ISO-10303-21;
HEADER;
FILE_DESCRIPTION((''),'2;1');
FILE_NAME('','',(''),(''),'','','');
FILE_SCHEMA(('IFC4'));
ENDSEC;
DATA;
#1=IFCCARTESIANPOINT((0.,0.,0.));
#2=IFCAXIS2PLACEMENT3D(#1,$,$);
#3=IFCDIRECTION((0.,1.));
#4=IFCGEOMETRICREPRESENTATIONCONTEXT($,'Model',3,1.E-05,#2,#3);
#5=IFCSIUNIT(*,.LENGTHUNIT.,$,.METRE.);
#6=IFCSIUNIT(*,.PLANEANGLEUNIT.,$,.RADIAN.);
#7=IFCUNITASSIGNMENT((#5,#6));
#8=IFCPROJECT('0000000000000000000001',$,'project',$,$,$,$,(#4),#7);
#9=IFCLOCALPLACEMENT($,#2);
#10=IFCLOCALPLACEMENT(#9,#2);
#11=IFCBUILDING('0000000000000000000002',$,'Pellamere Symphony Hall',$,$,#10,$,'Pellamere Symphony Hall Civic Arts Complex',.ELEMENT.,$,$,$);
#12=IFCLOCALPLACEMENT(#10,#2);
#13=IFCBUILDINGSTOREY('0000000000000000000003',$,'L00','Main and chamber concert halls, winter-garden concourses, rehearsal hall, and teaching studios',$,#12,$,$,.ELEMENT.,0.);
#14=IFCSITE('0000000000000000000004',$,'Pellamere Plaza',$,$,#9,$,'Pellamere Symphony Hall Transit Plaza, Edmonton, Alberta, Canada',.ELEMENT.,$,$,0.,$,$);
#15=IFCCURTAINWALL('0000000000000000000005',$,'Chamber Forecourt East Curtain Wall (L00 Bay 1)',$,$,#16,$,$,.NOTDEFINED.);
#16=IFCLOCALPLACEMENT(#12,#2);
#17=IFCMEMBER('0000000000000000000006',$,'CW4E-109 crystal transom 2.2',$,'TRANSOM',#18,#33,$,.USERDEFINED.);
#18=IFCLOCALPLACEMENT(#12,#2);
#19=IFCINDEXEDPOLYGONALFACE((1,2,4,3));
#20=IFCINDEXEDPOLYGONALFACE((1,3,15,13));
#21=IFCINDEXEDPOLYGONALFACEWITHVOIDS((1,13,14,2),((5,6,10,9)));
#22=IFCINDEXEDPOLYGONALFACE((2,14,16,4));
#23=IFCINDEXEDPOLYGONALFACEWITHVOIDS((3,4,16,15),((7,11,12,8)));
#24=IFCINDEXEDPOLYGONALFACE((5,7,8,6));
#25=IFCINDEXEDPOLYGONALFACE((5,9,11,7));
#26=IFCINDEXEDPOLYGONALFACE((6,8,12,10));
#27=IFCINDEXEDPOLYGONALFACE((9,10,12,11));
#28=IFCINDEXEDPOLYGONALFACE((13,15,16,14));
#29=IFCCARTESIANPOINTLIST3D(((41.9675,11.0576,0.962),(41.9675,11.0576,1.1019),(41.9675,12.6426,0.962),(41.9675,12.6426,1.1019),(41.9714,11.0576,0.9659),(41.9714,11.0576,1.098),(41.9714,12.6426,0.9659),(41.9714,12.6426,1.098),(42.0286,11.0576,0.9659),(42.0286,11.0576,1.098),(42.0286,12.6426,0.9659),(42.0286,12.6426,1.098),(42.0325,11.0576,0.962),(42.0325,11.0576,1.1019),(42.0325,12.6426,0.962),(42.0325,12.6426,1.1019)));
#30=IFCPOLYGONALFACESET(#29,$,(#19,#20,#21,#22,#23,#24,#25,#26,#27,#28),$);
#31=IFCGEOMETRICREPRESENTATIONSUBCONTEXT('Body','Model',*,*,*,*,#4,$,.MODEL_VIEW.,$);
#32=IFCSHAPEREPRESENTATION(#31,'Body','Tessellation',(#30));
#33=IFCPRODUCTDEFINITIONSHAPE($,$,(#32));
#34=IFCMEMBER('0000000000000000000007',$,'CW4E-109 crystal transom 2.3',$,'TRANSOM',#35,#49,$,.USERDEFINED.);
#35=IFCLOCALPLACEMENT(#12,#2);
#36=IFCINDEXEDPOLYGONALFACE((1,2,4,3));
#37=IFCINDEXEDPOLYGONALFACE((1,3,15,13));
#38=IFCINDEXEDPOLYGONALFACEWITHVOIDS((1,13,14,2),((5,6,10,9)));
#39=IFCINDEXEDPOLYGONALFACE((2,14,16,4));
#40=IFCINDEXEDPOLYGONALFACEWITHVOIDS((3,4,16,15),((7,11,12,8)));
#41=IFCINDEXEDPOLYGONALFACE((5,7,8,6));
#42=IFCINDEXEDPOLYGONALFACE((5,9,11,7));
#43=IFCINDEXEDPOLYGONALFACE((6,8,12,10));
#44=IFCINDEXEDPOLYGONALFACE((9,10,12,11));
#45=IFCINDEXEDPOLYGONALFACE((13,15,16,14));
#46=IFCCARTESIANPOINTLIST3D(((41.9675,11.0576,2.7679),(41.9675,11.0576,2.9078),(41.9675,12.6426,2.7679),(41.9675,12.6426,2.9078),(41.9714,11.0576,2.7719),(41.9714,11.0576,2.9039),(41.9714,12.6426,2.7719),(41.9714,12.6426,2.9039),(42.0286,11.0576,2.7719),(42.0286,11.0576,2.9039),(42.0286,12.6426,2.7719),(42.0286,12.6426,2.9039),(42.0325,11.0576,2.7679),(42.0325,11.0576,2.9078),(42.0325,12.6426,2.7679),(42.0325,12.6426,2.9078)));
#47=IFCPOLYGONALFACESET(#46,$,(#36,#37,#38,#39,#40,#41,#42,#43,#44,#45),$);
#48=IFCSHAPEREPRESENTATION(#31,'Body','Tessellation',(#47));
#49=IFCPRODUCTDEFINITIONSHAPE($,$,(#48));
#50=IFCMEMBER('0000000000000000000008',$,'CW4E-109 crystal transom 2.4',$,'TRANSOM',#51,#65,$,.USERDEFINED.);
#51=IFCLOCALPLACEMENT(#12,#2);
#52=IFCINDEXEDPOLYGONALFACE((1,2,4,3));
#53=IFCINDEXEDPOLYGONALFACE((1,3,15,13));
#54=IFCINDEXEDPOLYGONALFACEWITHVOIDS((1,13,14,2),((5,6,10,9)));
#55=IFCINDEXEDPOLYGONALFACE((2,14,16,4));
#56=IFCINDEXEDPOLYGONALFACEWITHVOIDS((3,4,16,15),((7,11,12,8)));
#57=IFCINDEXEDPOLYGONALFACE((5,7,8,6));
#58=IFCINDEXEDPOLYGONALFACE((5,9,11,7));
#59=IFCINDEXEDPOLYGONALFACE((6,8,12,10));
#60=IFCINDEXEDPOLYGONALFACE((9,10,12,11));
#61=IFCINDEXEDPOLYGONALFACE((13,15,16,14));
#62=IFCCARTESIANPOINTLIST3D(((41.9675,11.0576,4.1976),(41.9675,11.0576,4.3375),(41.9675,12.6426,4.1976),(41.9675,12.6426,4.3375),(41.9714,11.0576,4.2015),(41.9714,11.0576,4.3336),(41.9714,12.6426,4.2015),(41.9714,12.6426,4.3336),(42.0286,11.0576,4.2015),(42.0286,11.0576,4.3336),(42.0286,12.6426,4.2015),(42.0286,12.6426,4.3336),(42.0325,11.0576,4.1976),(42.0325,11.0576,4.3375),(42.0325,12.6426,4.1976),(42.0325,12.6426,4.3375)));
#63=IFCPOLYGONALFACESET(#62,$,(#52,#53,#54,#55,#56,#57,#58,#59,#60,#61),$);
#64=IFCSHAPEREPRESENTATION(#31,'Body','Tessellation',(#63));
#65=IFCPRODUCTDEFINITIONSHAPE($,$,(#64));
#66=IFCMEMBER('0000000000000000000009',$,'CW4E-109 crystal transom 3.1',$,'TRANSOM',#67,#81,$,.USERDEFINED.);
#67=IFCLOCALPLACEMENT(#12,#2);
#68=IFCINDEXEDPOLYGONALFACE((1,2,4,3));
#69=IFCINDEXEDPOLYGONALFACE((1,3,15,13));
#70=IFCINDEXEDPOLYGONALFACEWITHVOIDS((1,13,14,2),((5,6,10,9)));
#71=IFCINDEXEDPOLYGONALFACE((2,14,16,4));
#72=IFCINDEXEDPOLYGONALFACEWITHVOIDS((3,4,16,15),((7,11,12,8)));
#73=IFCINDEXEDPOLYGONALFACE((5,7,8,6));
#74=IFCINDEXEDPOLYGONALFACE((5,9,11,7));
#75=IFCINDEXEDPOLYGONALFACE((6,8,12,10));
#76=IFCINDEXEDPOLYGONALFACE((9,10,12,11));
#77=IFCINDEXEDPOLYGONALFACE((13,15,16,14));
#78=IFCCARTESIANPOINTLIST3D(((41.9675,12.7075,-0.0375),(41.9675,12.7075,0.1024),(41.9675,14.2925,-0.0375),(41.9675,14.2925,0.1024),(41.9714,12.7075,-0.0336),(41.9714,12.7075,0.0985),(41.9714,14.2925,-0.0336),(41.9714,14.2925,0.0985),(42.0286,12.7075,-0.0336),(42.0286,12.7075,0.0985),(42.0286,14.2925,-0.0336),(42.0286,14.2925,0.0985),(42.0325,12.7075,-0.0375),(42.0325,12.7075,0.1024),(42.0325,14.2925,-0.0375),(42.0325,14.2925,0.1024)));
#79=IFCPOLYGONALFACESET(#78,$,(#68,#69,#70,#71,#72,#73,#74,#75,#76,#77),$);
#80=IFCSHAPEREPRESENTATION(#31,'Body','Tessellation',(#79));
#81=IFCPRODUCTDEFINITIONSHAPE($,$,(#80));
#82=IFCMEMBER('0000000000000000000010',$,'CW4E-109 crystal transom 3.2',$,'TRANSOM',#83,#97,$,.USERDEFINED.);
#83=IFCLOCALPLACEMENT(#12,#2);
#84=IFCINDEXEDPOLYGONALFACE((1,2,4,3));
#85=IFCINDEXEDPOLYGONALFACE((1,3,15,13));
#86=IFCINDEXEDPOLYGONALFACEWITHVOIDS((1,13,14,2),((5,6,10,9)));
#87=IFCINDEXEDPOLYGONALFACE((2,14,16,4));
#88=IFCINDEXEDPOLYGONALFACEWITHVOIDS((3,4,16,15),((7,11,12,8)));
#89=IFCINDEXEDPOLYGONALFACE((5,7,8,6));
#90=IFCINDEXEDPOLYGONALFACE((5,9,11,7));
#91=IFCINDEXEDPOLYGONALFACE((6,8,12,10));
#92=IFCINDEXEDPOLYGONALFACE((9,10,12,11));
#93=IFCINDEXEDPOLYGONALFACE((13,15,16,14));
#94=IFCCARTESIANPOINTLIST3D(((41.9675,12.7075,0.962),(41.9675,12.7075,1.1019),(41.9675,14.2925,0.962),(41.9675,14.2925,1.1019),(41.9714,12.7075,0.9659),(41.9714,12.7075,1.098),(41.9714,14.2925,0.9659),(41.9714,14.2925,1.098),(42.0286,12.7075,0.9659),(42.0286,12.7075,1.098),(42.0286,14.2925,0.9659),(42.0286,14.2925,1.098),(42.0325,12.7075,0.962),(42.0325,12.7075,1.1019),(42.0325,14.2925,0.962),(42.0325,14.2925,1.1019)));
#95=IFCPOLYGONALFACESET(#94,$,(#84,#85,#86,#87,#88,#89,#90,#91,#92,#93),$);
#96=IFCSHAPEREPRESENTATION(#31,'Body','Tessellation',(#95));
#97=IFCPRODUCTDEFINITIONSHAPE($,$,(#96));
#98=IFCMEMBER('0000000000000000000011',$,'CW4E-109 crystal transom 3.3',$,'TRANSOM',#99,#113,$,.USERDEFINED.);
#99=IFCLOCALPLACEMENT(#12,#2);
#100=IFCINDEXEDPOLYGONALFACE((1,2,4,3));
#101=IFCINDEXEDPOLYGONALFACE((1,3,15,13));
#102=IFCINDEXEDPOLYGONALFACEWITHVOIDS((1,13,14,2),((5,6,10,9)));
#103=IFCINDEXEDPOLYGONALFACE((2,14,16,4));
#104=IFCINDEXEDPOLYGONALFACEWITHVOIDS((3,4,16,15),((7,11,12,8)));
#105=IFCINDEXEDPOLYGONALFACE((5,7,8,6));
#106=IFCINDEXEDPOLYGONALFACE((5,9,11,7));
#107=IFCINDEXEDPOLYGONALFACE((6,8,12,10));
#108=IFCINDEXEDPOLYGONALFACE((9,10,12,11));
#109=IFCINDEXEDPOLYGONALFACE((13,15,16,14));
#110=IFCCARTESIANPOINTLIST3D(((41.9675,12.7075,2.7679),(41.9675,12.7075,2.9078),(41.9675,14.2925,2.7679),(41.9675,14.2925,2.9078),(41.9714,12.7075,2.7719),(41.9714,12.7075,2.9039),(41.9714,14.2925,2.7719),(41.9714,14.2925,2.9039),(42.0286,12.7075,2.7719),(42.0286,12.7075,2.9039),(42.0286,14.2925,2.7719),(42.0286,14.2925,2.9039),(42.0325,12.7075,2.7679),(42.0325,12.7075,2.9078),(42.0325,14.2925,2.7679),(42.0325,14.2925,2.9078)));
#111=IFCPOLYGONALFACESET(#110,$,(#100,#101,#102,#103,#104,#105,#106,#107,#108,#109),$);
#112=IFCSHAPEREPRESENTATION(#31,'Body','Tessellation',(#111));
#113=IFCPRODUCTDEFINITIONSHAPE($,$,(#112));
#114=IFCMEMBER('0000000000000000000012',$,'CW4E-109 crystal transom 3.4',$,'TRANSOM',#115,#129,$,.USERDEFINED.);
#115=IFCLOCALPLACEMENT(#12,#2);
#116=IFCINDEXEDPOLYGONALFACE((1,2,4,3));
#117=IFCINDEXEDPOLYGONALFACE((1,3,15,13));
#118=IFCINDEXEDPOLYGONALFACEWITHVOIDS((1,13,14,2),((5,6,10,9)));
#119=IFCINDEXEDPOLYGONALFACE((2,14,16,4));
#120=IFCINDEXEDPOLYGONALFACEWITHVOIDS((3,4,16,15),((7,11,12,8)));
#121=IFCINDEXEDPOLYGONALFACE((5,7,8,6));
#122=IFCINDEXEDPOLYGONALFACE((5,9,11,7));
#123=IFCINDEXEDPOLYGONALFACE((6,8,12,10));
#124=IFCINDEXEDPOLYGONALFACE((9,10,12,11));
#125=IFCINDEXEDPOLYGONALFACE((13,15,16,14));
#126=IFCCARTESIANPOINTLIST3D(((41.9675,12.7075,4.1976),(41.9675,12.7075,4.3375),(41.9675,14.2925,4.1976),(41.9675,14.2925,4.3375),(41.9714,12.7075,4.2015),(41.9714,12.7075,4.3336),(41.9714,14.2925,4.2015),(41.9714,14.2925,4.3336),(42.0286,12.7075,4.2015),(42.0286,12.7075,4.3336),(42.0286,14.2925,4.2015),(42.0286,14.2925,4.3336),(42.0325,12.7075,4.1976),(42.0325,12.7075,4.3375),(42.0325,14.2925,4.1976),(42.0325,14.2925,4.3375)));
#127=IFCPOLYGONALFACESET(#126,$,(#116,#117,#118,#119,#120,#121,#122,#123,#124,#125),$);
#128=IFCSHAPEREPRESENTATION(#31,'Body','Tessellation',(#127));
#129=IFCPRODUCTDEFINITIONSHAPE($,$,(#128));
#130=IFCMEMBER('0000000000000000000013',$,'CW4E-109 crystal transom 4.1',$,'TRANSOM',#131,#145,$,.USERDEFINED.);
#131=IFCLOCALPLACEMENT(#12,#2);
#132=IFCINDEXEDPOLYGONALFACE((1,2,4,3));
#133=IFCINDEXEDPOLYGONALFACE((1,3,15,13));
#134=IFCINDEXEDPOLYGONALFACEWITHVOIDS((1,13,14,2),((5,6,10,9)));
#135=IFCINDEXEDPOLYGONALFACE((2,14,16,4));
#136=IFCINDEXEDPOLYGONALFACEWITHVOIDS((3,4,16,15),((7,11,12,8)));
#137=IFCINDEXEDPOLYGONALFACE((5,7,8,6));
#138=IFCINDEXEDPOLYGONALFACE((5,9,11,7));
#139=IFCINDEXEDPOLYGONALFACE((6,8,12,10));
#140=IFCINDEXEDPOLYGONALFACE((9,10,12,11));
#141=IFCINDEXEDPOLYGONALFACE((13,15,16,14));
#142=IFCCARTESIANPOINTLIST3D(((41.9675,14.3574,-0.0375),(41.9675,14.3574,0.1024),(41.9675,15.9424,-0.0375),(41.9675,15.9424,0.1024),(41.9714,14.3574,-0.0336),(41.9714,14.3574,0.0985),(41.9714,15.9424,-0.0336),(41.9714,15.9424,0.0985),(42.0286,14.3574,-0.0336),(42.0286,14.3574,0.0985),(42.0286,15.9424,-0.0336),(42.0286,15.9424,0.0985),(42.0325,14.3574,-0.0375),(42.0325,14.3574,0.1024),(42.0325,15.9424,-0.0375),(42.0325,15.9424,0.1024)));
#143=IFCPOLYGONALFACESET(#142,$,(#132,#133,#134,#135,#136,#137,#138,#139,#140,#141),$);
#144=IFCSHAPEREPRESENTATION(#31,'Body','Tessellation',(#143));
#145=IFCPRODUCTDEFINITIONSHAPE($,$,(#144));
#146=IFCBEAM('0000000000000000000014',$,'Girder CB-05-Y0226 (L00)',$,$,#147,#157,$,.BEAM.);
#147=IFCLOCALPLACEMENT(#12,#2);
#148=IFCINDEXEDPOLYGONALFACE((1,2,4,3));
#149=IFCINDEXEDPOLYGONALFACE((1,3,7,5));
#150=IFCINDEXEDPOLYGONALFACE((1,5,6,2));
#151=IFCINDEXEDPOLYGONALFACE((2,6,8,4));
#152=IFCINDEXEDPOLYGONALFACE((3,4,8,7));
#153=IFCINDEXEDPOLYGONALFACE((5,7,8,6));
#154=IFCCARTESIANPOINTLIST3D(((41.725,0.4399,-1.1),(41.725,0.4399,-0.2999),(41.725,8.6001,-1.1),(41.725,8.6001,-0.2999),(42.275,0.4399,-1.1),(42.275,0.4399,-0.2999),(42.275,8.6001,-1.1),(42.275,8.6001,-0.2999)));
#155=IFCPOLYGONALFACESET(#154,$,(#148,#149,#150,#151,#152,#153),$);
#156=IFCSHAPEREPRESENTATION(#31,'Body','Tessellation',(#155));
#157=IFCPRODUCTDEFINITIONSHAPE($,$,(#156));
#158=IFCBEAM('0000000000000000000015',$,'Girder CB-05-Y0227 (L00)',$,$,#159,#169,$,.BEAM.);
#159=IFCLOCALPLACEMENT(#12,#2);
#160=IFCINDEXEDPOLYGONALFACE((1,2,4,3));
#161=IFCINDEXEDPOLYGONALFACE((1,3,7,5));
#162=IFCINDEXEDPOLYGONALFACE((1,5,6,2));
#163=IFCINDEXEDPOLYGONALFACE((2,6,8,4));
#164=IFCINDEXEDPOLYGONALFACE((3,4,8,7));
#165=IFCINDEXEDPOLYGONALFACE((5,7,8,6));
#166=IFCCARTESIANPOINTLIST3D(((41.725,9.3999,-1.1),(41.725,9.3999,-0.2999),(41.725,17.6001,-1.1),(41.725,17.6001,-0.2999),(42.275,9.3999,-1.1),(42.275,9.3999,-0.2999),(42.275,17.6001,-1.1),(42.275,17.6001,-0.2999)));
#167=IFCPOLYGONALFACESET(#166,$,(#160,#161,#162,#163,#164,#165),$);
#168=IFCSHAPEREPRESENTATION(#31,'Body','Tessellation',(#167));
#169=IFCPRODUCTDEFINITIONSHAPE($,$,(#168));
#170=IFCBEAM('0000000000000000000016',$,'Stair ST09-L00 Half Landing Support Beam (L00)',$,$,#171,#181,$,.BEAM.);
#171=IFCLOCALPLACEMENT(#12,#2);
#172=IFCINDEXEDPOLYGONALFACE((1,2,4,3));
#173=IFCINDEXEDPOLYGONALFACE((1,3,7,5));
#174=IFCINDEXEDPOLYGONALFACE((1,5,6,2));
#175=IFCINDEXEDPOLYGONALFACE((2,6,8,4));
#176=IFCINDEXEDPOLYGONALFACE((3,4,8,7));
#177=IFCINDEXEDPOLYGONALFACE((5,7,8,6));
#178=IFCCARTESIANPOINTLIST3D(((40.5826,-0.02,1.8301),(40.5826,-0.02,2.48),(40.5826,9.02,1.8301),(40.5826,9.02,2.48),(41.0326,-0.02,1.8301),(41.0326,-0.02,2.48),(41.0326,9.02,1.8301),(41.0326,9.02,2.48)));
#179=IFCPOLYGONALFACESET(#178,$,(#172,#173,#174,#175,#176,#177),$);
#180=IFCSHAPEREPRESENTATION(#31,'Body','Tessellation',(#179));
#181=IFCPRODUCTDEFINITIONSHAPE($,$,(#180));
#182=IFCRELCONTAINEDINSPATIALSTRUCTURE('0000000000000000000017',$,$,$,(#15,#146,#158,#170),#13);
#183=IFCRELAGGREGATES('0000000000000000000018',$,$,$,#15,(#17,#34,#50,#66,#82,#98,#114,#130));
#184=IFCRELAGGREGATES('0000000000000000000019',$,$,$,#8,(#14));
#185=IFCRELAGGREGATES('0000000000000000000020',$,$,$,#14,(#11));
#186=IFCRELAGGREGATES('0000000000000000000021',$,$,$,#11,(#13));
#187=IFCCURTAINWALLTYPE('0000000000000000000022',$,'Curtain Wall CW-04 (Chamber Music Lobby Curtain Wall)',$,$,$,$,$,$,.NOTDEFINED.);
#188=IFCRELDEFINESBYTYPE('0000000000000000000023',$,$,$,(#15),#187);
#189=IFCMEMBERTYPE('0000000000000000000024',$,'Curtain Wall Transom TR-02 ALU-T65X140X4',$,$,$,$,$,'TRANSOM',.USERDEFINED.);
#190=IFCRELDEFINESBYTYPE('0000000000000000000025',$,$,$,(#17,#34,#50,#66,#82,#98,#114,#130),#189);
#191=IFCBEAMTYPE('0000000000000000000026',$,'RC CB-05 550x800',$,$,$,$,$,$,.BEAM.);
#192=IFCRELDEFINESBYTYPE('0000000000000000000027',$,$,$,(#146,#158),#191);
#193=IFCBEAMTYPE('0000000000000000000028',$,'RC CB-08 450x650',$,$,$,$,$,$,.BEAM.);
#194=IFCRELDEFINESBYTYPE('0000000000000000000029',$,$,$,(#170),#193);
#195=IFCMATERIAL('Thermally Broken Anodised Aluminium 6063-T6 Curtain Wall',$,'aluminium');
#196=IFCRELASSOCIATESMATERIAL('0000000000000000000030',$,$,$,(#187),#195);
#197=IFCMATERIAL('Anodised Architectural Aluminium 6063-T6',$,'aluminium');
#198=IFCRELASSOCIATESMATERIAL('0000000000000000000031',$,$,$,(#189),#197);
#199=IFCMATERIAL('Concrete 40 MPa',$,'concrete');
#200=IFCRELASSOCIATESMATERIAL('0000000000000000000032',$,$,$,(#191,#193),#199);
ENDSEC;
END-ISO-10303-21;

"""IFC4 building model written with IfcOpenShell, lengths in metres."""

from ifc_helpers import new_model, si_unit, direction, frame, origin, origin_2d, place, context, subcontext, project, spatial, rectangle, hollow_rectangle, extrude, material, material_profile, profile_set, type_object, element, aggregate, save


model = new_model("IFC4")

# Units and contexts
model_context = context("Model", 3, precision=1e-05, world=origin(), true_north=direction((0.0, 1.0)))
body_context = subcontext(model_context, "Body", "Model", "MODEL_VIEW")
ifc_project = project(units=[si_unit("LENGTHUNIT", "METRE"), si_unit("PLANEANGLEUNIT", "RADIAN")], contexts=[model_context])

# Site, building, storey
site_placement = place(None, origin())
site = spatial("IfcSite", under=ifc_project, at=site_placement, Name="Pellamere Plaza", LongName="Pellamere Symphony Hall Transit Plaza, Edmonton, Alberta, Canada", CompositionType="ELEMENT", RefElevation=0.0)
building_placement = place(site_placement, origin())
building = spatial("IfcBuilding", under=site, at=building_placement, Name="Pellamere Symphony Hall", LongName="Pellamere Symphony Hall Civic Arts Complex", CompositionType="ELEMENT")
storey_placement = place(building_placement, origin())
storey = spatial("IfcBuildingStorey", under=building, at=storey_placement, Name="L00", Description="Main and chamber concert halls, winter-garden concourses, rehearsal hall, and teaching studios", CompositionType="ELEMENT", Elevation=0.0)

# Shared definitions
ifc_material_1 = material(Name="Concrete 40 MPa", Category="concrete")

# Curtain wall, members
ifc_material_2 = material(Name="Thermally Broken Anodised Aluminium 6063-T6 Curtain Wall", Category="aluminium")
curtain_wall_type = type_object("IfcCurtainWallType", Name="Curtain Wall CW-04 (Chamber Music Lobby Curtain Wall)", PredefinedType="NOTDEFINED", material=ifc_material_2)
curtain_wall_placement = place(storey_placement, origin())
curtain_wall = element("IfcCurtainWall", 1, at=curtain_wall_placement, inside=storey, type_object=curtain_wall_type, Name="Chamber Forecourt East Curtain Wall (L00 Bay 1)", PredefinedType="NOTDEFINED")
ifc_material_3 = material(Name="Anodised Architectural Aluminium 6063-T6", Category="aluminium")
ifc_material_profile_1 = material_profile(ifc_material_3, hollow_rectangle(XDim=0.0649, YDim=0.1399, WallThickness=0.0039, at=origin_2d()), Name="ALU-T65X140X4")
ifc_profile_set_1 = profile_set([ifc_material_profile_1], Name="Anodised Architectural Aluminium 6063-T6")
member_type_1 = type_object("IfcMemberType", Name="Curtain Wall Transom TR-02 ALU-T65X140X4", ElementType="TRANSOM", PredefinedType="USERDEFINED", material=ifc_profile_set_1)
member_1_placement = place(storey_placement, frame((42.0, 11.0576, 1.032), z_axis=(0.0, 1.0, 0.0), x_axis=(-1.0, 0.0, 0.0)))
member_1 = element("IfcMember", 2, at=member_1_placement, type_object=member_type_1, Name="CW4E-109 crystal transom 2.2", ObjectType="TRANSOM", PredefinedType="USERDEFINED", context=body_context, shape_type="SweptSolid", body=[
    extrude(hollow_rectangle(XDim=0.0649, YDim=0.1399, WallThickness=0.0039, at=origin_2d()), origin(), (0.0, 0.0, 1.0), 1.585),
])
member_2_placement = place(storey_placement, frame((42.0, 11.0576, 2.8379), z_axis=(0.0, 1.0, 0.0), x_axis=(-1.0, 0.0, 0.0)))
member_2 = element("IfcMember", 3, at=member_2_placement, type_object=member_type_1, Name="CW4E-109 crystal transom 2.3", ObjectType="TRANSOM", PredefinedType="USERDEFINED", context=body_context, shape_type="SweptSolid", body=[
    extrude(hollow_rectangle(XDim=0.0649, YDim=0.1399, WallThickness=0.0039, at=origin_2d()), origin(), (0.0, 0.0, 1.0), 1.585),
])
member_3_placement = place(storey_placement, frame((42.0, 11.0576, 4.2676), z_axis=(0.0, 1.0, 0.0), x_axis=(-1.0, 0.0, 0.0)))
member_3 = element("IfcMember", 4, at=member_3_placement, type_object=member_type_1, Name="CW4E-109 crystal transom 2.4", ObjectType="TRANSOM", PredefinedType="USERDEFINED", context=body_context, shape_type="SweptSolid", body=[
    extrude(hollow_rectangle(XDim=0.0649, YDim=0.1399, WallThickness=0.0039, at=origin_2d()), origin(), (0.0, 0.0, 1.0), 1.585),
])
member_4_placement = place(storey_placement, frame((42.0, 12.7075, 0.0325), z_axis=(0.0, 1.0, 0.0), x_axis=(-1.0, 0.0, 0.0)))
member_4 = element("IfcMember", 5, at=member_4_placement, type_object=member_type_1, Name="CW4E-109 crystal transom 3.1", ObjectType="TRANSOM", PredefinedType="USERDEFINED", context=body_context, shape_type="SweptSolid", body=[
    extrude(hollow_rectangle(XDim=0.0649, YDim=0.1399, WallThickness=0.0039, at=origin_2d()), origin(), (0.0, 0.0, 1.0), 1.585),
])
member_5_placement = place(storey_placement, frame((42.0, 12.7075, 1.032), z_axis=(0.0, 1.0, 0.0), x_axis=(-1.0, 0.0, 0.0)))
member_5 = element("IfcMember", 6, at=member_5_placement, type_object=member_type_1, Name="CW4E-109 crystal transom 3.2", ObjectType="TRANSOM", PredefinedType="USERDEFINED", context=body_context, shape_type="SweptSolid", body=[
    extrude(hollow_rectangle(XDim=0.0649, YDim=0.1399, WallThickness=0.0039, at=origin_2d()), origin(), (0.0, 0.0, 1.0), 1.585),
])
member_6_placement = place(storey_placement, frame((42.0, 12.7075, 2.8379), z_axis=(0.0, 1.0, 0.0), x_axis=(-1.0, 0.0, 0.0)))
member_6 = element("IfcMember", 7, at=member_6_placement, type_object=member_type_1, Name="CW4E-109 crystal transom 3.3", ObjectType="TRANSOM", PredefinedType="USERDEFINED", context=body_context, shape_type="SweptSolid", body=[
    extrude(hollow_rectangle(XDim=0.0649, YDim=0.1399, WallThickness=0.0039, at=origin_2d()), origin(), (0.0, 0.0, 1.0), 1.585),
])
member_7_placement = place(storey_placement, frame((42.0, 12.7075, 4.2676), z_axis=(0.0, 1.0, 0.0), x_axis=(-1.0, 0.0, 0.0)))
member_7 = element("IfcMember", 8, at=member_7_placement, type_object=member_type_1, Name="CW4E-109 crystal transom 3.4", ObjectType="TRANSOM", PredefinedType="USERDEFINED", context=body_context, shape_type="SweptSolid", body=[
    extrude(hollow_rectangle(XDim=0.0649, YDim=0.1399, WallThickness=0.0039, at=origin_2d()), origin(), (0.0, 0.0, 1.0), 1.585),
])
member_8_placement = place(storey_placement, frame((42.0, 14.3574, 0.0325), z_axis=(0.0, 1.0, 0.0), x_axis=(-1.0, 0.0, 0.0)))
member_8 = element("IfcMember", 9, at=member_8_placement, type_object=member_type_1, Name="CW4E-109 crystal transom 4.1", ObjectType="TRANSOM", PredefinedType="USERDEFINED", context=body_context, shape_type="SweptSolid", body=[
    extrude(hollow_rectangle(XDim=0.0649, YDim=0.1399, WallThickness=0.0039, at=origin_2d()), origin(), (0.0, 0.0, 1.0), 1.585),
])

# Beams
ifc_material_profile_2 = material_profile(ifc_material_1, rectangle(XDim=0.55, YDim=0.8, at=origin_2d()), Name="RC 550x800")
ifc_profile_set_2 = profile_set([ifc_material_profile_2], Name="Concrete 40 MPa")
beam_type_1 = type_object("IfcBeamType", Name="RC CB-05 550x800", PredefinedType="BEAM", material=ifc_profile_set_2)
beam_1_placement = place(storey_placement, frame((42.0, 0.4399, -0.7), z_axis=(0.0, 1.0, 0.0), x_axis=(-1.0, 0.0, 0.0)))
element("IfcBeam", 10, at=beam_1_placement, inside=storey, type_object=beam_type_1, Name="Girder CB-05-Y0226 (L00)", PredefinedType="BEAM", context=body_context, shape_type="SweptSolid", body=[
    extrude(rectangle(XDim=0.55, YDim=0.8, at=origin_2d()), origin(), (0.0, 0.0, 1.0), 8.1602),
])
beam_2_placement = place(storey_placement, frame((42.0, 9.3999, -0.7), z_axis=(0.0, 1.0, 0.0), x_axis=(-1.0, 0.0, 0.0)))
element("IfcBeam", 11, at=beam_2_placement, inside=storey, type_object=beam_type_1, Name="Girder CB-05-Y0227 (L00)", PredefinedType="BEAM", context=body_context, shape_type="SweptSolid", body=[
    extrude(rectangle(XDim=0.55, YDim=0.8, at=origin_2d()), origin(), (0.0, 0.0, 1.0), 8.2002),
])
ifc_material_profile_3 = material_profile(ifc_material_1, rectangle(XDim=0.45, YDim=0.6499, at=origin_2d()), Name="RC 450x650")
ifc_profile_set_3 = profile_set([ifc_material_profile_3], Name="Concrete 40 MPa")
beam_type_2 = type_object("IfcBeamType", Name="RC CB-08 450x650", PredefinedType="BEAM", material=ifc_profile_set_3)
beam_3_placement = place(storey_placement, frame((40.8076, -0.02, 2.155), z_axis=(0.0, 1.0, 0.0), x_axis=(-1.0, 0.0, 0.0)))
element("IfcBeam", 12, at=beam_3_placement, inside=storey, type_object=beam_type_2, Name="Stair ST09-L00 Half Landing Support Beam (L00)", PredefinedType="BEAM", context=body_context, shape_type="SweptSolid", body=[
    extrude(rectangle(XDim=0.45, YDim=0.6499, at=origin_2d()), origin(), (0.0, 0.0, 1.0), 9.04),
])

aggregate(curtain_wall, [member_1, member_2, member_3, member_4, member_5, member_6, member_7, member_8])

save(model, "model.ifc")
